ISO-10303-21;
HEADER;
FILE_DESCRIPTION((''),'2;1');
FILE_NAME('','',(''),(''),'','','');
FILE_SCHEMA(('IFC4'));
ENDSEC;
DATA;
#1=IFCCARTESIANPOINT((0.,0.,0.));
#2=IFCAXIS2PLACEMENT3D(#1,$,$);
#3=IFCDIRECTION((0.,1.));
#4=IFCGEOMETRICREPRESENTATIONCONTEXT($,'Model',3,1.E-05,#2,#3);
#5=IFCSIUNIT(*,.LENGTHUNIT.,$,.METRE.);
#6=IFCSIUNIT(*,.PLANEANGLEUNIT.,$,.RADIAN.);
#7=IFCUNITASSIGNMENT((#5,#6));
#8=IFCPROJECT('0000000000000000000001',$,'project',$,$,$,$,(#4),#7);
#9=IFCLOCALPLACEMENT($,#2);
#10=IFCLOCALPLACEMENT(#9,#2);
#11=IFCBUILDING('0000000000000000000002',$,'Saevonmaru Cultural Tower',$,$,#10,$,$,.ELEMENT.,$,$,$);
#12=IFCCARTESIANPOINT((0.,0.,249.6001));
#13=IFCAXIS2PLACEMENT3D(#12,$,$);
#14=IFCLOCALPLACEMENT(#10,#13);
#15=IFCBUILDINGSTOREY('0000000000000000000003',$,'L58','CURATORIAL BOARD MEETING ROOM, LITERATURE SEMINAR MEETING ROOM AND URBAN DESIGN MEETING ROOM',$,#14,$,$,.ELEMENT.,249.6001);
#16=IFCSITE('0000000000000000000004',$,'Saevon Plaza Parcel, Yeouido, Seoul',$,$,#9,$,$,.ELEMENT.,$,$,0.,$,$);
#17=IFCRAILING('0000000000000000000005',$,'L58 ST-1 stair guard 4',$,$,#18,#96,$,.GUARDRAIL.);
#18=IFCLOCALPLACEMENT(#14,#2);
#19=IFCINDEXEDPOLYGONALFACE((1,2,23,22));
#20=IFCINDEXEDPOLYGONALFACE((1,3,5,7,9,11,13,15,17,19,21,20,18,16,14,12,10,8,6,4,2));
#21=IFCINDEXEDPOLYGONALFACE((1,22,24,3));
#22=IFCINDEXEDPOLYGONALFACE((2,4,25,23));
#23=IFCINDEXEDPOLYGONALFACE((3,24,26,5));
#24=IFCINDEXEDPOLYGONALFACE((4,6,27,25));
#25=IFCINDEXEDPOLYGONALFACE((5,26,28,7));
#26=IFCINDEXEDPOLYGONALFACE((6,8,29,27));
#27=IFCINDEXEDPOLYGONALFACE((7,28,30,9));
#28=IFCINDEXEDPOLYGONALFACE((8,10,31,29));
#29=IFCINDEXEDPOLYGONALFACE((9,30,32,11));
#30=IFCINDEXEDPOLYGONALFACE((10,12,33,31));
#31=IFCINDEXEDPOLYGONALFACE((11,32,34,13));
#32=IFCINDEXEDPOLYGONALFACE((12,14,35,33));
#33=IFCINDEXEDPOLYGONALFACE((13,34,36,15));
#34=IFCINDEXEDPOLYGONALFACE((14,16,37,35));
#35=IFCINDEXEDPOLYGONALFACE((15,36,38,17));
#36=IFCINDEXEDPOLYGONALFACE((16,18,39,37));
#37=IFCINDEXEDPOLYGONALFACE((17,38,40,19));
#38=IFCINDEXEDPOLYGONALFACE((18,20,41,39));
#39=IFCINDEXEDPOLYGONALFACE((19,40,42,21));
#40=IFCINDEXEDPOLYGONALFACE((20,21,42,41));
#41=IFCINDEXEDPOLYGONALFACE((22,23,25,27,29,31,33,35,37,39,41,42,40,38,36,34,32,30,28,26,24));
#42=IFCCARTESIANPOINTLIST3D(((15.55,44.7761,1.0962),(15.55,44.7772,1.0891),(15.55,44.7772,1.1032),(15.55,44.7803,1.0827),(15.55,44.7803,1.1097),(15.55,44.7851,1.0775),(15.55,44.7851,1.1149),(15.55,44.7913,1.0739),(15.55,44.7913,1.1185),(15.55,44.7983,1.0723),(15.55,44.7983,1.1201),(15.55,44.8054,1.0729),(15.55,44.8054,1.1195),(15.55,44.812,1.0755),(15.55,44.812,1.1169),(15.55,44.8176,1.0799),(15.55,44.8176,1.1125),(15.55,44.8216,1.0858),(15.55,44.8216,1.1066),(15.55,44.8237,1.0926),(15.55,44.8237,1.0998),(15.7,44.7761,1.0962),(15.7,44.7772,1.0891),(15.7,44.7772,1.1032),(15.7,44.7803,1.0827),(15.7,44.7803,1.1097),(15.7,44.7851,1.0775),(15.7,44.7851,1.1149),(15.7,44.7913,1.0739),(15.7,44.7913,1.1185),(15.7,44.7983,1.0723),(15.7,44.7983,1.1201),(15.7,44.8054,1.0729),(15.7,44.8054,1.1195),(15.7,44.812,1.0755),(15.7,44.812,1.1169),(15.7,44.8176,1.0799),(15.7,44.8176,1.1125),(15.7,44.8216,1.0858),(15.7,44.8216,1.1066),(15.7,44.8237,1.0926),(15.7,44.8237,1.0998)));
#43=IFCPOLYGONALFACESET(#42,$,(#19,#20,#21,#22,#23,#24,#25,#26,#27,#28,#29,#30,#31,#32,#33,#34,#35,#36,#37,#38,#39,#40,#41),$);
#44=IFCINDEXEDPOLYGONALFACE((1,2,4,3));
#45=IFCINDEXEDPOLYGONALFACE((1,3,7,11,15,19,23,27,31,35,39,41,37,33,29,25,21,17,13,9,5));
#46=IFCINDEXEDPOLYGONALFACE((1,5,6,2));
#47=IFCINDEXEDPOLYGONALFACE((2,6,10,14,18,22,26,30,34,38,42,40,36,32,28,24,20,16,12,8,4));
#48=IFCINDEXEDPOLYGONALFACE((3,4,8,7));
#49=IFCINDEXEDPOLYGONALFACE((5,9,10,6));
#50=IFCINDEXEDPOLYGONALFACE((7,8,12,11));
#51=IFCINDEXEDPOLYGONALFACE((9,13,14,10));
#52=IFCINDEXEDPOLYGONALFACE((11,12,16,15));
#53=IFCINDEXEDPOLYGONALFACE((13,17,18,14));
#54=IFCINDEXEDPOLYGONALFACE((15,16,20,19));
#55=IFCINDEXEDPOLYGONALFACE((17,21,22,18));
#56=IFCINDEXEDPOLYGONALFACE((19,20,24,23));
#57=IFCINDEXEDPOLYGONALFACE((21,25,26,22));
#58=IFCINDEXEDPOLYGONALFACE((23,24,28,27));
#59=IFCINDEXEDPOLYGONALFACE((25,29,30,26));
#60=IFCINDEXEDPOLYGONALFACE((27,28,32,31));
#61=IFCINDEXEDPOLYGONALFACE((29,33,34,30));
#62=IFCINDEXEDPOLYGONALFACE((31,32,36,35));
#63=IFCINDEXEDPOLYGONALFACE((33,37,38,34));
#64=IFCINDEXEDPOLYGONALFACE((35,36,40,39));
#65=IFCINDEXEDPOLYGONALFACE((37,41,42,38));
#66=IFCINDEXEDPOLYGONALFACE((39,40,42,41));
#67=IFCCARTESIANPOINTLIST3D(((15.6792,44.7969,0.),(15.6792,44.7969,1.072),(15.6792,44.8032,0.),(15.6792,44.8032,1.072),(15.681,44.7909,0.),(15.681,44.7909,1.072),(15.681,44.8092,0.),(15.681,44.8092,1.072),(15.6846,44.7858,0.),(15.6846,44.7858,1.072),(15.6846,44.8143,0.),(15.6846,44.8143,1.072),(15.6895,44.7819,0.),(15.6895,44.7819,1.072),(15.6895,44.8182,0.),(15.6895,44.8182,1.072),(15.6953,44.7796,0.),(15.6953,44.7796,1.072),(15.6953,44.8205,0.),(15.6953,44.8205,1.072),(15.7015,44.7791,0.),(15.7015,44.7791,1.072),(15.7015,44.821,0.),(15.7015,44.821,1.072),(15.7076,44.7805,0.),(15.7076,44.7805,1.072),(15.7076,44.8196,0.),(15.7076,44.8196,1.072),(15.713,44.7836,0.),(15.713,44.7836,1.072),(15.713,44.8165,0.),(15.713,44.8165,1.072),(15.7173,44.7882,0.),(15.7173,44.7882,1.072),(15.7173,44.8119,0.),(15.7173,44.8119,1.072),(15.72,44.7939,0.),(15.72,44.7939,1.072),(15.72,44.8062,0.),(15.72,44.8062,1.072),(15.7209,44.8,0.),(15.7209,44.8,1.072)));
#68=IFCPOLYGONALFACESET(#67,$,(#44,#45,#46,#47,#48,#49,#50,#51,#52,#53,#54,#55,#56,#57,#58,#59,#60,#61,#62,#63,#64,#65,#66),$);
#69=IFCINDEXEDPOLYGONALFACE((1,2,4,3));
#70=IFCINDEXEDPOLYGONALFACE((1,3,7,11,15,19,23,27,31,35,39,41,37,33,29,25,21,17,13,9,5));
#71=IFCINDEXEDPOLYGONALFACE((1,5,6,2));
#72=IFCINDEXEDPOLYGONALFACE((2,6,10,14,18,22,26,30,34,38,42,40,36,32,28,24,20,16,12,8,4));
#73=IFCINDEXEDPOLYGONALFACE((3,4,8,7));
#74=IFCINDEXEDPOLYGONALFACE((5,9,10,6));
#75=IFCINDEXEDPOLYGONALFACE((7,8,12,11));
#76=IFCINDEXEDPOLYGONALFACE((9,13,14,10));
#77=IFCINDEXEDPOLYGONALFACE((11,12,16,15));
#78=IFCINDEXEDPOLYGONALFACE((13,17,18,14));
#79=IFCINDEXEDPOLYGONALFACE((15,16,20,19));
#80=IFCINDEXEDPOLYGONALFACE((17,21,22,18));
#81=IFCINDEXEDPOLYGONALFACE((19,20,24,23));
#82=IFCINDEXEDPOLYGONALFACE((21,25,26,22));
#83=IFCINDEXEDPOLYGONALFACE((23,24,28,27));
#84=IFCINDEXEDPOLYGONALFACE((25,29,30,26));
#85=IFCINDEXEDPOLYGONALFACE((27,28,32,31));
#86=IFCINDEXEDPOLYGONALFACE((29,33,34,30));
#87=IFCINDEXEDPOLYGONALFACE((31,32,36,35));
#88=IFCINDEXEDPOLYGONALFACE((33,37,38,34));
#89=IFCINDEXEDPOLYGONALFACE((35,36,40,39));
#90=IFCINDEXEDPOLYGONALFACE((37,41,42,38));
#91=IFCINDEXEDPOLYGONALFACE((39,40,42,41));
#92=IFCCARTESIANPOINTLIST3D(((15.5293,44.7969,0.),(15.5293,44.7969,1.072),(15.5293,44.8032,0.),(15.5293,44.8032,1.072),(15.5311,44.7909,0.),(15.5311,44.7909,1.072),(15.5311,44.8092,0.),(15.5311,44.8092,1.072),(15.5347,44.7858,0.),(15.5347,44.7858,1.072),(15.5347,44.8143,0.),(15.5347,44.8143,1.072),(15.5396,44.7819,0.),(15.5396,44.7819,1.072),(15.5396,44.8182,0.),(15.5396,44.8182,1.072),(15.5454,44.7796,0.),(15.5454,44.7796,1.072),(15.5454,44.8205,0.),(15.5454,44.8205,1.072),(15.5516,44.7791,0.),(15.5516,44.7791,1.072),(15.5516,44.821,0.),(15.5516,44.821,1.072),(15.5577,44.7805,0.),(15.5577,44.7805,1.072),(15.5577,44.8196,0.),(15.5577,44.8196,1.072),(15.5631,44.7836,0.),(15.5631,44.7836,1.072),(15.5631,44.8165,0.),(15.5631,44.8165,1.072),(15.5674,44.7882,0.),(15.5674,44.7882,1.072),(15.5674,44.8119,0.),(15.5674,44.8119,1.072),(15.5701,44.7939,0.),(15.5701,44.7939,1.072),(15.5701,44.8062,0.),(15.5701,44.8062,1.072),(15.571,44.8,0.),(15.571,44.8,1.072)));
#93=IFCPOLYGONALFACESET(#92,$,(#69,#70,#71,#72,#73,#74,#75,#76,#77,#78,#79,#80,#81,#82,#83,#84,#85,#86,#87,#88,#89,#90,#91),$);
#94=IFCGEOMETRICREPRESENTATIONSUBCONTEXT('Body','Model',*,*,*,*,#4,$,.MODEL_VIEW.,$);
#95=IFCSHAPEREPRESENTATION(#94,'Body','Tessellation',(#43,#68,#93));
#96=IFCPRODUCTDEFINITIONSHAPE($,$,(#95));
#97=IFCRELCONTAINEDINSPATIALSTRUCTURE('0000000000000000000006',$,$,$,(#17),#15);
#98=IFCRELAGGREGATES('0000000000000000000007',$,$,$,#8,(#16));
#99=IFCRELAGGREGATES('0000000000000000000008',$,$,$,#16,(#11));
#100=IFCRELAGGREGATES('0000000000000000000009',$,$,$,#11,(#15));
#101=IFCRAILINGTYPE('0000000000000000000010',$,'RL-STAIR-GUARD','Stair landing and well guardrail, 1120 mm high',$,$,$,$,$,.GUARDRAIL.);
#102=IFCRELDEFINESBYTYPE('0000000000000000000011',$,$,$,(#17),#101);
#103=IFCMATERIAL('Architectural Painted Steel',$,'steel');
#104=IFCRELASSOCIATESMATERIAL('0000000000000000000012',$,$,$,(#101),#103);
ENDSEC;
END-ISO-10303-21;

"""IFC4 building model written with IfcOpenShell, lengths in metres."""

from ifc_helpers import new_model, si_unit, direction, frame, origin, origin_2d, place, context, subcontext, project, spatial, circle, extrude, material, type_object, element, save


model = new_model("IFC4")

# Units and contexts
model_context = context("Model", 3, precision=1e-05, world=origin(), true_north=direction((0.0, 1.0)))
body_context = subcontext(model_context, "Body", "Model", "MODEL_VIEW")
ifc_project = project(units=[si_unit("LENGTHUNIT", "METRE"), si_unit("PLANEANGLEUNIT", "RADIAN")], contexts=[model_context])

# Site, building, storey
site_placement = place(None, origin())
site = spatial("IfcSite", under=ifc_project, at=site_placement, Name="Saevon Plaza Parcel, Yeouido, Seoul", CompositionType="ELEMENT", RefElevation=0.0)
building_placement = place(site_placement, origin())
building = spatial("IfcBuilding", under=site, at=building_placement, Name="Saevonmaru Cultural Tower", CompositionType="ELEMENT")
storey_placement = place(building_placement, frame((0.0, 0.0, 249.6001)))
storey = spatial("IfcBuildingStorey", under=building, at=storey_placement, Name="L58", Description="CURATORIAL BOARD MEETING ROOM, LITERATURE SEMINAR MEETING ROOM AND URBAN DESIGN MEETING ROOM", CompositionType="ELEMENT", Elevation=249.6001)

# Railing
ifc_material_1 = material(Name="Architectural Painted Steel", Category="steel")
railing_type_1 = type_object("IfcRailingType", Name="RL-STAIR-GUARD", Description="Stair landing and well guardrail, 1120 mm high", PredefinedType="GUARDRAIL", material=ifc_material_1)
railing_1_placement = place(storey_placement, frame((15.7, 44.8, 0.0)))
element("IfcRailing", 1, at=railing_1_placement, inside=storey, type_object=railing_type_1, Name="L58 ST-1 stair guard 4", PredefinedType="GUARDRAIL", context=body_context, shape_type="SweptSolid", body=[
    extrude(circle(Radius=0.0239, at=origin_2d()), frame((0.0, 0.0, 1.0962), z_axis=(-1.0, 0.0, 0.0), x_axis=(0.0, -1.0, 0.0)), (0.0, 0.0, 1.0), 0.1499),
    extrude(circle(Radius=0.021, at=origin_2d()), origin(), (0.0, 0.0, 1.0), 1.072),
    extrude(circle(Radius=0.021, at=origin_2d()), frame((-0.1499, 0.0, 0.0)), (0.0, 0.0, 1.0), 1.072),
])

save(model, "model.ifc")
